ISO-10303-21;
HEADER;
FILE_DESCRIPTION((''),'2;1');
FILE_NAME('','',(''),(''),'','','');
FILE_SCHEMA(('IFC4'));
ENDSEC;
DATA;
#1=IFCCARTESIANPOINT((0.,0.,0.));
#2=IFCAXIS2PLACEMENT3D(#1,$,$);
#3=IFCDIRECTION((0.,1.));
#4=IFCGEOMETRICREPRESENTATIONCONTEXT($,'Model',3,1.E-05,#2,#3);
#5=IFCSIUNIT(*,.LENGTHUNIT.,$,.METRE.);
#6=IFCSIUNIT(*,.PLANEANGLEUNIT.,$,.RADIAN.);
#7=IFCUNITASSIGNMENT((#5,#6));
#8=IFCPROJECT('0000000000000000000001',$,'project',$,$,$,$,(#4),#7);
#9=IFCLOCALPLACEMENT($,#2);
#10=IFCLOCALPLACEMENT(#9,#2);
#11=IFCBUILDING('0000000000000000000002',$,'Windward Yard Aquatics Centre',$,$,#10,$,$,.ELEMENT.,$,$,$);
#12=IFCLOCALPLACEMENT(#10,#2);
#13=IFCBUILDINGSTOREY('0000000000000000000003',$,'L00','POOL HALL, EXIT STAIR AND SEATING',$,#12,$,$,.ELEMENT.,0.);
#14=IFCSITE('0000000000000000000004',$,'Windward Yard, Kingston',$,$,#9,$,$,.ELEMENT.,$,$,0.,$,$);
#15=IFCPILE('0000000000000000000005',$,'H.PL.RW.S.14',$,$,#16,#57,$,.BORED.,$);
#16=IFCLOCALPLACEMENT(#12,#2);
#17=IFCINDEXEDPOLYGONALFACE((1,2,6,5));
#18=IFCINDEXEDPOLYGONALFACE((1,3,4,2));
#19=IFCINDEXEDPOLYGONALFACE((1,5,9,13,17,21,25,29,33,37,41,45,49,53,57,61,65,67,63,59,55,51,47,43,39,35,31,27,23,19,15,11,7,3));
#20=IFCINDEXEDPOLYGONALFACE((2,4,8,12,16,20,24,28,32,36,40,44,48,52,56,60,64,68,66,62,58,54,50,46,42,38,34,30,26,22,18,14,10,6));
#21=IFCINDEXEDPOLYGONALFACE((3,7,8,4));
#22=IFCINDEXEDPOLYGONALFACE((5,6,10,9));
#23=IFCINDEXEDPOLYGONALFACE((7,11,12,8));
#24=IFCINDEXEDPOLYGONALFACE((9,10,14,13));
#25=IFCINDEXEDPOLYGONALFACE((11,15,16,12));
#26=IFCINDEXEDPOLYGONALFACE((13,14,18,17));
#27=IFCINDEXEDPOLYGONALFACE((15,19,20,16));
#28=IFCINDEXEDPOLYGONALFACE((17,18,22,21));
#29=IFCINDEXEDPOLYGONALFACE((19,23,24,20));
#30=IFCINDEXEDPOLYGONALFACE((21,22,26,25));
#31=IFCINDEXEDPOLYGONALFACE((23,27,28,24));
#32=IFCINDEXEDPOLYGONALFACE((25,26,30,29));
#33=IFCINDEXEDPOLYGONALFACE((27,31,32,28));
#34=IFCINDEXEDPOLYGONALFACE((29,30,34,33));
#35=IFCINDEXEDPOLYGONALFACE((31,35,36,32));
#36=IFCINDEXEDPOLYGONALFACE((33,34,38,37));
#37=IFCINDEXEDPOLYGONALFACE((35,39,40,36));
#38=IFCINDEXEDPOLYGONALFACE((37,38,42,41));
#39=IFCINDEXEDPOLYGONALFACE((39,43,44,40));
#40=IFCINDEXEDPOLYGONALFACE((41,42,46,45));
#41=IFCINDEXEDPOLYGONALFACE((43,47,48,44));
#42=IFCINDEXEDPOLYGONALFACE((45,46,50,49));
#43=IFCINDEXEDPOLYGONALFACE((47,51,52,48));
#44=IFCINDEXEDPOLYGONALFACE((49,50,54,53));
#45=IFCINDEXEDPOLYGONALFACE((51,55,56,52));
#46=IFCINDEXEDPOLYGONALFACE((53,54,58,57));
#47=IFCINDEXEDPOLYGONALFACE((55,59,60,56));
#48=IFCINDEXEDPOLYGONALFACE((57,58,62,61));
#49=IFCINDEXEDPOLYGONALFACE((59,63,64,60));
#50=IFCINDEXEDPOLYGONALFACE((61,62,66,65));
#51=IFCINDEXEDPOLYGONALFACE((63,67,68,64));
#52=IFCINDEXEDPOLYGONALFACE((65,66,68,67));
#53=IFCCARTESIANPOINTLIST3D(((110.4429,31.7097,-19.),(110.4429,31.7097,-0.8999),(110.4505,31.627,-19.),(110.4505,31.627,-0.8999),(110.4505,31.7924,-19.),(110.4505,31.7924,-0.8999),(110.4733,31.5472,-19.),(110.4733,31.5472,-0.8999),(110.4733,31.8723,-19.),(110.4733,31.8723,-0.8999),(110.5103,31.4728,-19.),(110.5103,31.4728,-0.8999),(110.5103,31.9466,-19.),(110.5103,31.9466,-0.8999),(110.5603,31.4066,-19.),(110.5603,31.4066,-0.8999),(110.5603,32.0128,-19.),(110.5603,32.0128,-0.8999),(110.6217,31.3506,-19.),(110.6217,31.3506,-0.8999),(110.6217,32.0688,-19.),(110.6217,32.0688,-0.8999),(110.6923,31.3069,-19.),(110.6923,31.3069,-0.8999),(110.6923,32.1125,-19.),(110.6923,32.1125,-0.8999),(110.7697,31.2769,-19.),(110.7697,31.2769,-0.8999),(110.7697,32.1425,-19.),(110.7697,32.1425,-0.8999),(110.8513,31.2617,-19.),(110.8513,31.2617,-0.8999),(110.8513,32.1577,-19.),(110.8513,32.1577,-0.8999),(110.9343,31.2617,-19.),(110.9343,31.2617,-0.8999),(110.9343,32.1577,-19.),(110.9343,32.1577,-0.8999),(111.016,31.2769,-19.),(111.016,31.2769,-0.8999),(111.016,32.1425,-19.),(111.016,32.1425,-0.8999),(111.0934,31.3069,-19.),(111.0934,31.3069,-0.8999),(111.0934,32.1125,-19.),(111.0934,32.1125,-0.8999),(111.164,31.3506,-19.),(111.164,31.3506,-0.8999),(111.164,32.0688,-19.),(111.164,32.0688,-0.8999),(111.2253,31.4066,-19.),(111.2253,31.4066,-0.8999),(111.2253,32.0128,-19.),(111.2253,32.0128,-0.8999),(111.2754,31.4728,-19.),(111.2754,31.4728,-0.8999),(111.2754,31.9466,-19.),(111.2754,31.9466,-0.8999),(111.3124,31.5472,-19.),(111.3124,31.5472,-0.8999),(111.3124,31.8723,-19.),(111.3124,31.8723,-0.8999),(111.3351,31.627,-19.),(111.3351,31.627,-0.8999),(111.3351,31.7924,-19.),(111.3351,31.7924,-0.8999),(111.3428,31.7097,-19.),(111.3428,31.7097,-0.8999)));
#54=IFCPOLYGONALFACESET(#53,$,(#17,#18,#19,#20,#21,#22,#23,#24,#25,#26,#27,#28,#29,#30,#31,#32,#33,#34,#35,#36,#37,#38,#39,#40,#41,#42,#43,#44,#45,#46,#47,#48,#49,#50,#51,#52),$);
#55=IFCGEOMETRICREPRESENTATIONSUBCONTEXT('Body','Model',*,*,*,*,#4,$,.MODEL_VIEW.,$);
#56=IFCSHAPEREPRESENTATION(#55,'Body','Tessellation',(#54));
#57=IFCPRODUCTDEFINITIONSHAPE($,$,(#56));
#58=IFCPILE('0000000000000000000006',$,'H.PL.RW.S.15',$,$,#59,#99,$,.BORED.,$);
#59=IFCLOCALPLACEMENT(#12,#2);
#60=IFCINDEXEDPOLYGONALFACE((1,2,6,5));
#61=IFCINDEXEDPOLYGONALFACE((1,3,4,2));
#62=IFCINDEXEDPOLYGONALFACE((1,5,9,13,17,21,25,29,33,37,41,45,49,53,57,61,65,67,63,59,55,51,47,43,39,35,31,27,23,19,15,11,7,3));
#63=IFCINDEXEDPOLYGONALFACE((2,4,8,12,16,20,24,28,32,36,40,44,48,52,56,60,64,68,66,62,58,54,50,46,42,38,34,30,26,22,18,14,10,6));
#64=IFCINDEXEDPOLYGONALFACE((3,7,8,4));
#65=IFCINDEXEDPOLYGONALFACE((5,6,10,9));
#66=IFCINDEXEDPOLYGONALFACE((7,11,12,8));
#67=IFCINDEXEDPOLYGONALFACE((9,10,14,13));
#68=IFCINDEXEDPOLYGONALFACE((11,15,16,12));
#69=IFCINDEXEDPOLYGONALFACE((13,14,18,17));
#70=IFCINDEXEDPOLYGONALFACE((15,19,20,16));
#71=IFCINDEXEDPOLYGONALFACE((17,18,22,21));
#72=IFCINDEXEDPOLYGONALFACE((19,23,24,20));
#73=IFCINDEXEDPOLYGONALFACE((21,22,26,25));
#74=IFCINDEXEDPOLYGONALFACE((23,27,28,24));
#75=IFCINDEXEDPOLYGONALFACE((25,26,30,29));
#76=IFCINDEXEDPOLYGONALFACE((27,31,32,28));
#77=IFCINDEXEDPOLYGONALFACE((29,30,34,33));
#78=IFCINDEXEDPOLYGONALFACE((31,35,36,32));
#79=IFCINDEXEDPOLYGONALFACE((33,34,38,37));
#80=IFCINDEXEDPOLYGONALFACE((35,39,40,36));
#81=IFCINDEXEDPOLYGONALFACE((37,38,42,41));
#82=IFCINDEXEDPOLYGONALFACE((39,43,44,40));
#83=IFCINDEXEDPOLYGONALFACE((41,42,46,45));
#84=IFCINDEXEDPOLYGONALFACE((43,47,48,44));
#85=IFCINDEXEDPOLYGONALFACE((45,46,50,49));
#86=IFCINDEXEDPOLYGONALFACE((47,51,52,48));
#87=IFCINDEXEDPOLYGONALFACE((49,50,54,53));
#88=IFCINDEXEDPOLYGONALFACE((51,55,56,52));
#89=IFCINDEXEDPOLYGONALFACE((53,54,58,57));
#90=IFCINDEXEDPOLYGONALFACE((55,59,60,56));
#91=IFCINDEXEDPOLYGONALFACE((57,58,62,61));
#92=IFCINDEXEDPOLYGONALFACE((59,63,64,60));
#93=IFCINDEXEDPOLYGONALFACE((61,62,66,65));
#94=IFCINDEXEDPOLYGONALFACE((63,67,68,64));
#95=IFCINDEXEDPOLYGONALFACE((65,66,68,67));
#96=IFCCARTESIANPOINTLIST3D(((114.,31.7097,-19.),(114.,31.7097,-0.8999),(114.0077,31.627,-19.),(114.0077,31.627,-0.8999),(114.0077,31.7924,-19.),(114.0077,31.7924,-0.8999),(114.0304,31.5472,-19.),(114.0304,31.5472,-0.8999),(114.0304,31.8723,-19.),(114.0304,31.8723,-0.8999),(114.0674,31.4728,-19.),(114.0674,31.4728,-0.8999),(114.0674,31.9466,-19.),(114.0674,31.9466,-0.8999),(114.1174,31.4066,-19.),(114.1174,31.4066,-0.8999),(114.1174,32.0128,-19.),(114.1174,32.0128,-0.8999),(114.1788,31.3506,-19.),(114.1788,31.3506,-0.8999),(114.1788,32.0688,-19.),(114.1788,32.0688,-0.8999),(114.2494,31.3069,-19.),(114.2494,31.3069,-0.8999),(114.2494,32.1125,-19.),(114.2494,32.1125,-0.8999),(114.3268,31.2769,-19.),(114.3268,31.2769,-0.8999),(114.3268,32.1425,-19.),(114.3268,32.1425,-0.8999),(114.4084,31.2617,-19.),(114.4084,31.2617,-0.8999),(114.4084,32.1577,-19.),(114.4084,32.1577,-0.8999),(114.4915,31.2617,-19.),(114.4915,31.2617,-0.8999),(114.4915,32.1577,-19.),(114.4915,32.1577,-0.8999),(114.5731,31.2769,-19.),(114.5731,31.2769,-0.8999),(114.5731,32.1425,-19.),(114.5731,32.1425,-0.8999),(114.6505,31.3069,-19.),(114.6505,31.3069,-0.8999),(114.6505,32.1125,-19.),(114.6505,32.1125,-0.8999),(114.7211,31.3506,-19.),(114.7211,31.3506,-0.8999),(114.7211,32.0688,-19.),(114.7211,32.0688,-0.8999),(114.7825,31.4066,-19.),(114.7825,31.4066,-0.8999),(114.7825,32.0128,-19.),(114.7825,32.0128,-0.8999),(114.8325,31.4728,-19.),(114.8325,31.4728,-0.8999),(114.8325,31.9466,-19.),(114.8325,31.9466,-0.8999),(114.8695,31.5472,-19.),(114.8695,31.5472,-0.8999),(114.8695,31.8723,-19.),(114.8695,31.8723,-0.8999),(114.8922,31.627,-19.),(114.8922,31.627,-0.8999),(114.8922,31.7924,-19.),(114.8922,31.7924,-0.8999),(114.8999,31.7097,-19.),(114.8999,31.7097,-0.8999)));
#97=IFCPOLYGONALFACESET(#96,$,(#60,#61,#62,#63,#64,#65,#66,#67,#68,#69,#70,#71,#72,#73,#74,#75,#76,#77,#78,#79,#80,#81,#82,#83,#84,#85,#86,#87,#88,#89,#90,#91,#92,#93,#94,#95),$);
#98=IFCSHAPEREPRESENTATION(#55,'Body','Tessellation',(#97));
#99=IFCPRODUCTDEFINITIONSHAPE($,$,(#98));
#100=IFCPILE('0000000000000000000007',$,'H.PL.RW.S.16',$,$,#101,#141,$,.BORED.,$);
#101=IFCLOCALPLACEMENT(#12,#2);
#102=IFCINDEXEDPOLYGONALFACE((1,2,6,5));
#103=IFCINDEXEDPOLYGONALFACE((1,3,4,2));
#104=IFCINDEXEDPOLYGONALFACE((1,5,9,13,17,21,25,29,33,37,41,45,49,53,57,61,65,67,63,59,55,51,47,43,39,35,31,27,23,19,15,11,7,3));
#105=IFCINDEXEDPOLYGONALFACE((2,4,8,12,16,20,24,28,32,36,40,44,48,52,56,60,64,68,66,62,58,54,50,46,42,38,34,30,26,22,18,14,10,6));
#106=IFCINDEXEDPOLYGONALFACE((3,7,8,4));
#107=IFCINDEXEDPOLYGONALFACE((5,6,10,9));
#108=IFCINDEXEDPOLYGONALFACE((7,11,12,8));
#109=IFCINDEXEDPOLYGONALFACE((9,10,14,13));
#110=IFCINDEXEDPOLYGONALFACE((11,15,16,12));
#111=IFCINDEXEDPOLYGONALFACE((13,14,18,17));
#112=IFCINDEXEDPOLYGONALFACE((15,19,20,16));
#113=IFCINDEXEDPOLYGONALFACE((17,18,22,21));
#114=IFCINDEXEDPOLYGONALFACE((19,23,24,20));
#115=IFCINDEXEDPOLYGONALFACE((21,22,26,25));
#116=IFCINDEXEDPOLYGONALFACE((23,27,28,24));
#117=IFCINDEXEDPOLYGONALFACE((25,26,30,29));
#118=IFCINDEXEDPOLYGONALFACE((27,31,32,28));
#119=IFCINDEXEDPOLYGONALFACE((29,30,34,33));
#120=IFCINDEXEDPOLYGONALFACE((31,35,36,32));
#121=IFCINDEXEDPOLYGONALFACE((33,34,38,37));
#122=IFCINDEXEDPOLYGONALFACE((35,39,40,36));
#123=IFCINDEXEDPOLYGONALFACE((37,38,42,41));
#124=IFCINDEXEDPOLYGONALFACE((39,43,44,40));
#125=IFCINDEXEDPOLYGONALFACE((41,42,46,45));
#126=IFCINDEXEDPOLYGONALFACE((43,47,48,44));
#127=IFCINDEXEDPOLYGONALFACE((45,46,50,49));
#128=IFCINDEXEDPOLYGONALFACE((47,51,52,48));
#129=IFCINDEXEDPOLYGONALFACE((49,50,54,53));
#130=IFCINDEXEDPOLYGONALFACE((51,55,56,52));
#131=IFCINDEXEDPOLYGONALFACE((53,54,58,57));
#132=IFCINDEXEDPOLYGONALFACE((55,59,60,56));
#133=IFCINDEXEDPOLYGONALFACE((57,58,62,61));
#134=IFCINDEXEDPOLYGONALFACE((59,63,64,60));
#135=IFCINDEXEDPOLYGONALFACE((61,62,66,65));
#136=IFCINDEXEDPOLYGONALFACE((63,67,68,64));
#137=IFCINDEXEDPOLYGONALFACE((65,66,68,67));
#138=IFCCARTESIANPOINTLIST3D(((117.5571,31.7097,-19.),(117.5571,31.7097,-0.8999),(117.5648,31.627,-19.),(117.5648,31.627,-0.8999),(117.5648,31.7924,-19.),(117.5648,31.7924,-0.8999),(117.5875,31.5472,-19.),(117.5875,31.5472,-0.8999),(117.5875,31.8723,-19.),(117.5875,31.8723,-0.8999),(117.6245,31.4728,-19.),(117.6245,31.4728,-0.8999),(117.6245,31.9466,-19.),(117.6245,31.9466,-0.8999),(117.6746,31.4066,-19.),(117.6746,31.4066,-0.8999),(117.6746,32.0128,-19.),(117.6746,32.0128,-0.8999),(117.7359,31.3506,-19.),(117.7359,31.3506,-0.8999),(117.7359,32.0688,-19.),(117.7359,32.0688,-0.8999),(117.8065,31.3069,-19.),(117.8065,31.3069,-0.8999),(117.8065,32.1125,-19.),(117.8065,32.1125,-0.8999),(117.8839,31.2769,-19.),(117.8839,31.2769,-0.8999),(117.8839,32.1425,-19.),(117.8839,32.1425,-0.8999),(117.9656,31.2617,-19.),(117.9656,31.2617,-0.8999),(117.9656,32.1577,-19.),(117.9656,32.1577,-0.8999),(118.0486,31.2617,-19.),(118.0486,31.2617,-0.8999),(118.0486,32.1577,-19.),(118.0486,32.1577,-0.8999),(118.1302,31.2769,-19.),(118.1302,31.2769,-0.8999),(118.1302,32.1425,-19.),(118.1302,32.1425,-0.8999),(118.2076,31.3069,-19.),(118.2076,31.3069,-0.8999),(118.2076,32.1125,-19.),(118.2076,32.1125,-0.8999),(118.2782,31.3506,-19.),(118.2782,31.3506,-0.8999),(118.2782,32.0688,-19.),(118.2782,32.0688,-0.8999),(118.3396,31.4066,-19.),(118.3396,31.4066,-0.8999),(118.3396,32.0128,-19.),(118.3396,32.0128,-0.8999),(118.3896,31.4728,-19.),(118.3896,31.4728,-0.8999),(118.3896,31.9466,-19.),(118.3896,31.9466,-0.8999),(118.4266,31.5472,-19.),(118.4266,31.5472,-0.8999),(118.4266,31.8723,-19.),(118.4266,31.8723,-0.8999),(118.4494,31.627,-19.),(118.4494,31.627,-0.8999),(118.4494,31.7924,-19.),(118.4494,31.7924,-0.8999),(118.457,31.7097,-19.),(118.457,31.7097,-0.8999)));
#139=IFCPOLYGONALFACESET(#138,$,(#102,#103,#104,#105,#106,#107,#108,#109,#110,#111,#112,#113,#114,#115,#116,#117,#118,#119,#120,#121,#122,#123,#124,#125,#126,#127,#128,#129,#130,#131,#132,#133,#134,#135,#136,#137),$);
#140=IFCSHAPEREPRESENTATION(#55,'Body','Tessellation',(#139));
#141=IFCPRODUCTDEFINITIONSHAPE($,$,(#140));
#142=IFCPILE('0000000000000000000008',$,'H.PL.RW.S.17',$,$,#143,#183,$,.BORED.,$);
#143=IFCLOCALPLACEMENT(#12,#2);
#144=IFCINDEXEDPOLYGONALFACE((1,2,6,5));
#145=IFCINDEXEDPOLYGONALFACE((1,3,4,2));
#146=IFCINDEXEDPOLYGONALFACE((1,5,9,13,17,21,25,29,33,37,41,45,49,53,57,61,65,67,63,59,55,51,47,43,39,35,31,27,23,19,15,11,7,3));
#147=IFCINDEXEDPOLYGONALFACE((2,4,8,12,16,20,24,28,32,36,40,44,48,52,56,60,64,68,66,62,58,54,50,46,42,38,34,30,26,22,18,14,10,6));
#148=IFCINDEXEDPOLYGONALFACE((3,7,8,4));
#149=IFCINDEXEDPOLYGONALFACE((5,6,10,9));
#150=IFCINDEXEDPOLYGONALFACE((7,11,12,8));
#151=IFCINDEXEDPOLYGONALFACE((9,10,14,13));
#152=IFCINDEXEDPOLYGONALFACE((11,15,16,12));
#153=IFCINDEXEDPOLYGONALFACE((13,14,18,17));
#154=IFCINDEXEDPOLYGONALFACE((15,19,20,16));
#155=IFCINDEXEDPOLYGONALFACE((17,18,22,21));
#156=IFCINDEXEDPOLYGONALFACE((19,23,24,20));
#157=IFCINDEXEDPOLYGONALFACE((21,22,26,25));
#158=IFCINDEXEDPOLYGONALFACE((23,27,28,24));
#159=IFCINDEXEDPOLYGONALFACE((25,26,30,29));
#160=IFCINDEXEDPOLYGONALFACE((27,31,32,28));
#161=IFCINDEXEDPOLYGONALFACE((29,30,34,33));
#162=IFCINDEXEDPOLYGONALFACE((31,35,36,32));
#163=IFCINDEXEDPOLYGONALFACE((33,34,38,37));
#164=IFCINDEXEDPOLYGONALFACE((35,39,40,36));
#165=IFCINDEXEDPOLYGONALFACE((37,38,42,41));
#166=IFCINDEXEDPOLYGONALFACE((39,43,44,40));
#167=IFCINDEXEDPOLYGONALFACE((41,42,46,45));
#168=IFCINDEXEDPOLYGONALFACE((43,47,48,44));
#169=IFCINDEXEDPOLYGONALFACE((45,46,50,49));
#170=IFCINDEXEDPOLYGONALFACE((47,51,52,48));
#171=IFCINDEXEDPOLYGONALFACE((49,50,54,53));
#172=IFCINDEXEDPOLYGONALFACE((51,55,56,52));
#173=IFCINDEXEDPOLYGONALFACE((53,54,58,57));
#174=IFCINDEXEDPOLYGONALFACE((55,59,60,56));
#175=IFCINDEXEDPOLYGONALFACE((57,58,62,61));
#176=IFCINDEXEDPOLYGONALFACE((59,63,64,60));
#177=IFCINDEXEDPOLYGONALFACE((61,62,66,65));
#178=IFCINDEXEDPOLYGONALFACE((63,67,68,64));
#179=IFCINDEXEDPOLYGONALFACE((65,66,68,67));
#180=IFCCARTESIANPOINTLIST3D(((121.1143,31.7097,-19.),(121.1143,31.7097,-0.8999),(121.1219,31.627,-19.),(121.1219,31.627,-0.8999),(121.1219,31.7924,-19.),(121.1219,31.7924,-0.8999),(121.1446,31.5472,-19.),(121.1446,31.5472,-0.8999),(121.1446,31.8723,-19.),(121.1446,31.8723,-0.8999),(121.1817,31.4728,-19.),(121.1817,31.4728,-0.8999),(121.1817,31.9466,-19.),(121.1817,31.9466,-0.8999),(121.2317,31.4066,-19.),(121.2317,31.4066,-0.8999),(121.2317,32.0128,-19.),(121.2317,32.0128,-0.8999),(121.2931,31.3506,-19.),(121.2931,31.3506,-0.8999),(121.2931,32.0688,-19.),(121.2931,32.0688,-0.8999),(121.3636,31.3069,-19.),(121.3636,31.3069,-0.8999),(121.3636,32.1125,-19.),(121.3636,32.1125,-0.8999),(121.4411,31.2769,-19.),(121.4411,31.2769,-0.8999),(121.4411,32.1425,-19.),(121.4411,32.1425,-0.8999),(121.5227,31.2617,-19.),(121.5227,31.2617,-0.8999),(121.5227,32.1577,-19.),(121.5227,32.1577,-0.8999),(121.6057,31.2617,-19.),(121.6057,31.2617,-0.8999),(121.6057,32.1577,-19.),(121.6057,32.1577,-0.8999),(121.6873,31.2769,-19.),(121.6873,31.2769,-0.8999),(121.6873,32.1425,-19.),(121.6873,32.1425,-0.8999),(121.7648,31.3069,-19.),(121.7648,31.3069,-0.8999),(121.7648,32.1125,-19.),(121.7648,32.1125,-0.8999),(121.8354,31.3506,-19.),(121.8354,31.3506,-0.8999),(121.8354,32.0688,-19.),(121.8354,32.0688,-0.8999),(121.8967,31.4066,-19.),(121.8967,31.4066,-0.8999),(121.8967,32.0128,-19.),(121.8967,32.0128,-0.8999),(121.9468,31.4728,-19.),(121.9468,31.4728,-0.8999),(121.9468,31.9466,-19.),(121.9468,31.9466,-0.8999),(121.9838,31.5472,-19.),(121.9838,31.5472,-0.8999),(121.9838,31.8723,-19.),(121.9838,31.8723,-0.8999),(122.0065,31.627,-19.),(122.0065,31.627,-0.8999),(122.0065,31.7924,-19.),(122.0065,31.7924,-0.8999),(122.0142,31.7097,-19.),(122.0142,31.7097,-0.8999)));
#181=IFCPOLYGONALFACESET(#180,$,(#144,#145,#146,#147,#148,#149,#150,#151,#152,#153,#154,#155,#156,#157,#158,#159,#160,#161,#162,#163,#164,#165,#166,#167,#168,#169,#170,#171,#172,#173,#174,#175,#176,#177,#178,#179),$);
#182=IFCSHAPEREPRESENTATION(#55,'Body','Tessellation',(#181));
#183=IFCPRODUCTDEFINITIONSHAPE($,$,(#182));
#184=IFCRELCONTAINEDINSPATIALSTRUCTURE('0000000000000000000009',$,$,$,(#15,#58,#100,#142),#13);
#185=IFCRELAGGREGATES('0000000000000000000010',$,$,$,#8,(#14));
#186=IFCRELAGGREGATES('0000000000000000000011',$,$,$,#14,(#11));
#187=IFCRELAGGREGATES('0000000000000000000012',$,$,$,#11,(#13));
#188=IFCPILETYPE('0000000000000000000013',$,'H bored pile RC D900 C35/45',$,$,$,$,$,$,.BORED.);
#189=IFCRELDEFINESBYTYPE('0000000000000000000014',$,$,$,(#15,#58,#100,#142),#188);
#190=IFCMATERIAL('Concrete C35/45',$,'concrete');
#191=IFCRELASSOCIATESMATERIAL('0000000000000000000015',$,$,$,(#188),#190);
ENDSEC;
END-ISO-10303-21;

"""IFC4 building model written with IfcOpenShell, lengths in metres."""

from ifc_helpers import new_model, si_unit, direction, frame, origin, origin_2d, place, context, subcontext, project, spatial, circle, extrude, material, material_profile, profile_set, type_object, element, save


model = new_model("IFC4")

# Units and contexts
model_context = context("Model", 3, precision=1e-05, world=origin(), true_north=direction((0.0, 1.0)))
body_context = subcontext(model_context, "Body", "Model", "MODEL_VIEW")
ifc_project = project(units=[si_unit("LENGTHUNIT", "METRE"), si_unit("PLANEANGLEUNIT", "RADIAN")], contexts=[model_context])

# Site, building, storey
site_placement = place(None, origin())
site = spatial("IfcSite", under=ifc_project, at=site_placement, Name="Windward Yard, Kingston", CompositionType="ELEMENT", RefElevation=0.0)
building_placement = place(site_placement, origin())
building = spatial("IfcBuilding", under=site, at=building_placement, Name="Windward Yard Aquatics Centre", CompositionType="ELEMENT")
storey_placement = place(building_placement, origin())
storey = spatial("IfcBuildingStorey", under=building, at=storey_placement, Name="L00", Description="POOL HALL, EXIT STAIR AND SEATING", CompositionType="ELEMENT", Elevation=0.0)

# Piles
ifc_material_1 = material(Name="Concrete C35/45", Category="concrete")
ifc_material_profile_1 = material_profile(ifc_material_1, circle(Radius=0.45, at=origin_2d()), Name="RC D900")
ifc_profile_set_1 = profile_set([ifc_material_profile_1], Name="Concrete C35/45")
pile_type = type_object("IfcPileType", Name="H bored pile RC D900 C35/45", PredefinedType="BORED", material=ifc_profile_set_1)
for number, where, z_axis, x_axis, name in (
    (1, (110.8928, 31.7097, -0.8999), (0.0, 0.0, -1.0), (1.0, 0.0, 0.0), "H.PL.RW.S.14"),
    (2, (114.45, 31.7097, -0.8999), (0.0, 0.0, -1.0), (1.0, 0.0, 0.0), "H.PL.RW.S.15"),
    (3, (118.0071, 31.7097, -0.8999), (0.0, 0.0, -1.0), (1.0, 0.0, 0.0), "H.PL.RW.S.16"),
    (4, (121.5642, 31.7097, -0.8999), (0.0, 0.0, -1.0), (1.0, 0.0, 0.0), "H.PL.RW.S.17"),
):
    element("IfcPile", number, at=place(storey_placement, frame(where, z_axis=z_axis, x_axis=x_axis)), inside=storey, type_object=pile_type, Name=name, PredefinedType="BORED", context=body_context, shape_type="SweptSolid", body=[
        extrude(circle(Radius=0.45, at=origin_2d()), origin(), (0.0, 0.0, 1.0), 18.1001),
    ])

save(model, "model.ifc")
